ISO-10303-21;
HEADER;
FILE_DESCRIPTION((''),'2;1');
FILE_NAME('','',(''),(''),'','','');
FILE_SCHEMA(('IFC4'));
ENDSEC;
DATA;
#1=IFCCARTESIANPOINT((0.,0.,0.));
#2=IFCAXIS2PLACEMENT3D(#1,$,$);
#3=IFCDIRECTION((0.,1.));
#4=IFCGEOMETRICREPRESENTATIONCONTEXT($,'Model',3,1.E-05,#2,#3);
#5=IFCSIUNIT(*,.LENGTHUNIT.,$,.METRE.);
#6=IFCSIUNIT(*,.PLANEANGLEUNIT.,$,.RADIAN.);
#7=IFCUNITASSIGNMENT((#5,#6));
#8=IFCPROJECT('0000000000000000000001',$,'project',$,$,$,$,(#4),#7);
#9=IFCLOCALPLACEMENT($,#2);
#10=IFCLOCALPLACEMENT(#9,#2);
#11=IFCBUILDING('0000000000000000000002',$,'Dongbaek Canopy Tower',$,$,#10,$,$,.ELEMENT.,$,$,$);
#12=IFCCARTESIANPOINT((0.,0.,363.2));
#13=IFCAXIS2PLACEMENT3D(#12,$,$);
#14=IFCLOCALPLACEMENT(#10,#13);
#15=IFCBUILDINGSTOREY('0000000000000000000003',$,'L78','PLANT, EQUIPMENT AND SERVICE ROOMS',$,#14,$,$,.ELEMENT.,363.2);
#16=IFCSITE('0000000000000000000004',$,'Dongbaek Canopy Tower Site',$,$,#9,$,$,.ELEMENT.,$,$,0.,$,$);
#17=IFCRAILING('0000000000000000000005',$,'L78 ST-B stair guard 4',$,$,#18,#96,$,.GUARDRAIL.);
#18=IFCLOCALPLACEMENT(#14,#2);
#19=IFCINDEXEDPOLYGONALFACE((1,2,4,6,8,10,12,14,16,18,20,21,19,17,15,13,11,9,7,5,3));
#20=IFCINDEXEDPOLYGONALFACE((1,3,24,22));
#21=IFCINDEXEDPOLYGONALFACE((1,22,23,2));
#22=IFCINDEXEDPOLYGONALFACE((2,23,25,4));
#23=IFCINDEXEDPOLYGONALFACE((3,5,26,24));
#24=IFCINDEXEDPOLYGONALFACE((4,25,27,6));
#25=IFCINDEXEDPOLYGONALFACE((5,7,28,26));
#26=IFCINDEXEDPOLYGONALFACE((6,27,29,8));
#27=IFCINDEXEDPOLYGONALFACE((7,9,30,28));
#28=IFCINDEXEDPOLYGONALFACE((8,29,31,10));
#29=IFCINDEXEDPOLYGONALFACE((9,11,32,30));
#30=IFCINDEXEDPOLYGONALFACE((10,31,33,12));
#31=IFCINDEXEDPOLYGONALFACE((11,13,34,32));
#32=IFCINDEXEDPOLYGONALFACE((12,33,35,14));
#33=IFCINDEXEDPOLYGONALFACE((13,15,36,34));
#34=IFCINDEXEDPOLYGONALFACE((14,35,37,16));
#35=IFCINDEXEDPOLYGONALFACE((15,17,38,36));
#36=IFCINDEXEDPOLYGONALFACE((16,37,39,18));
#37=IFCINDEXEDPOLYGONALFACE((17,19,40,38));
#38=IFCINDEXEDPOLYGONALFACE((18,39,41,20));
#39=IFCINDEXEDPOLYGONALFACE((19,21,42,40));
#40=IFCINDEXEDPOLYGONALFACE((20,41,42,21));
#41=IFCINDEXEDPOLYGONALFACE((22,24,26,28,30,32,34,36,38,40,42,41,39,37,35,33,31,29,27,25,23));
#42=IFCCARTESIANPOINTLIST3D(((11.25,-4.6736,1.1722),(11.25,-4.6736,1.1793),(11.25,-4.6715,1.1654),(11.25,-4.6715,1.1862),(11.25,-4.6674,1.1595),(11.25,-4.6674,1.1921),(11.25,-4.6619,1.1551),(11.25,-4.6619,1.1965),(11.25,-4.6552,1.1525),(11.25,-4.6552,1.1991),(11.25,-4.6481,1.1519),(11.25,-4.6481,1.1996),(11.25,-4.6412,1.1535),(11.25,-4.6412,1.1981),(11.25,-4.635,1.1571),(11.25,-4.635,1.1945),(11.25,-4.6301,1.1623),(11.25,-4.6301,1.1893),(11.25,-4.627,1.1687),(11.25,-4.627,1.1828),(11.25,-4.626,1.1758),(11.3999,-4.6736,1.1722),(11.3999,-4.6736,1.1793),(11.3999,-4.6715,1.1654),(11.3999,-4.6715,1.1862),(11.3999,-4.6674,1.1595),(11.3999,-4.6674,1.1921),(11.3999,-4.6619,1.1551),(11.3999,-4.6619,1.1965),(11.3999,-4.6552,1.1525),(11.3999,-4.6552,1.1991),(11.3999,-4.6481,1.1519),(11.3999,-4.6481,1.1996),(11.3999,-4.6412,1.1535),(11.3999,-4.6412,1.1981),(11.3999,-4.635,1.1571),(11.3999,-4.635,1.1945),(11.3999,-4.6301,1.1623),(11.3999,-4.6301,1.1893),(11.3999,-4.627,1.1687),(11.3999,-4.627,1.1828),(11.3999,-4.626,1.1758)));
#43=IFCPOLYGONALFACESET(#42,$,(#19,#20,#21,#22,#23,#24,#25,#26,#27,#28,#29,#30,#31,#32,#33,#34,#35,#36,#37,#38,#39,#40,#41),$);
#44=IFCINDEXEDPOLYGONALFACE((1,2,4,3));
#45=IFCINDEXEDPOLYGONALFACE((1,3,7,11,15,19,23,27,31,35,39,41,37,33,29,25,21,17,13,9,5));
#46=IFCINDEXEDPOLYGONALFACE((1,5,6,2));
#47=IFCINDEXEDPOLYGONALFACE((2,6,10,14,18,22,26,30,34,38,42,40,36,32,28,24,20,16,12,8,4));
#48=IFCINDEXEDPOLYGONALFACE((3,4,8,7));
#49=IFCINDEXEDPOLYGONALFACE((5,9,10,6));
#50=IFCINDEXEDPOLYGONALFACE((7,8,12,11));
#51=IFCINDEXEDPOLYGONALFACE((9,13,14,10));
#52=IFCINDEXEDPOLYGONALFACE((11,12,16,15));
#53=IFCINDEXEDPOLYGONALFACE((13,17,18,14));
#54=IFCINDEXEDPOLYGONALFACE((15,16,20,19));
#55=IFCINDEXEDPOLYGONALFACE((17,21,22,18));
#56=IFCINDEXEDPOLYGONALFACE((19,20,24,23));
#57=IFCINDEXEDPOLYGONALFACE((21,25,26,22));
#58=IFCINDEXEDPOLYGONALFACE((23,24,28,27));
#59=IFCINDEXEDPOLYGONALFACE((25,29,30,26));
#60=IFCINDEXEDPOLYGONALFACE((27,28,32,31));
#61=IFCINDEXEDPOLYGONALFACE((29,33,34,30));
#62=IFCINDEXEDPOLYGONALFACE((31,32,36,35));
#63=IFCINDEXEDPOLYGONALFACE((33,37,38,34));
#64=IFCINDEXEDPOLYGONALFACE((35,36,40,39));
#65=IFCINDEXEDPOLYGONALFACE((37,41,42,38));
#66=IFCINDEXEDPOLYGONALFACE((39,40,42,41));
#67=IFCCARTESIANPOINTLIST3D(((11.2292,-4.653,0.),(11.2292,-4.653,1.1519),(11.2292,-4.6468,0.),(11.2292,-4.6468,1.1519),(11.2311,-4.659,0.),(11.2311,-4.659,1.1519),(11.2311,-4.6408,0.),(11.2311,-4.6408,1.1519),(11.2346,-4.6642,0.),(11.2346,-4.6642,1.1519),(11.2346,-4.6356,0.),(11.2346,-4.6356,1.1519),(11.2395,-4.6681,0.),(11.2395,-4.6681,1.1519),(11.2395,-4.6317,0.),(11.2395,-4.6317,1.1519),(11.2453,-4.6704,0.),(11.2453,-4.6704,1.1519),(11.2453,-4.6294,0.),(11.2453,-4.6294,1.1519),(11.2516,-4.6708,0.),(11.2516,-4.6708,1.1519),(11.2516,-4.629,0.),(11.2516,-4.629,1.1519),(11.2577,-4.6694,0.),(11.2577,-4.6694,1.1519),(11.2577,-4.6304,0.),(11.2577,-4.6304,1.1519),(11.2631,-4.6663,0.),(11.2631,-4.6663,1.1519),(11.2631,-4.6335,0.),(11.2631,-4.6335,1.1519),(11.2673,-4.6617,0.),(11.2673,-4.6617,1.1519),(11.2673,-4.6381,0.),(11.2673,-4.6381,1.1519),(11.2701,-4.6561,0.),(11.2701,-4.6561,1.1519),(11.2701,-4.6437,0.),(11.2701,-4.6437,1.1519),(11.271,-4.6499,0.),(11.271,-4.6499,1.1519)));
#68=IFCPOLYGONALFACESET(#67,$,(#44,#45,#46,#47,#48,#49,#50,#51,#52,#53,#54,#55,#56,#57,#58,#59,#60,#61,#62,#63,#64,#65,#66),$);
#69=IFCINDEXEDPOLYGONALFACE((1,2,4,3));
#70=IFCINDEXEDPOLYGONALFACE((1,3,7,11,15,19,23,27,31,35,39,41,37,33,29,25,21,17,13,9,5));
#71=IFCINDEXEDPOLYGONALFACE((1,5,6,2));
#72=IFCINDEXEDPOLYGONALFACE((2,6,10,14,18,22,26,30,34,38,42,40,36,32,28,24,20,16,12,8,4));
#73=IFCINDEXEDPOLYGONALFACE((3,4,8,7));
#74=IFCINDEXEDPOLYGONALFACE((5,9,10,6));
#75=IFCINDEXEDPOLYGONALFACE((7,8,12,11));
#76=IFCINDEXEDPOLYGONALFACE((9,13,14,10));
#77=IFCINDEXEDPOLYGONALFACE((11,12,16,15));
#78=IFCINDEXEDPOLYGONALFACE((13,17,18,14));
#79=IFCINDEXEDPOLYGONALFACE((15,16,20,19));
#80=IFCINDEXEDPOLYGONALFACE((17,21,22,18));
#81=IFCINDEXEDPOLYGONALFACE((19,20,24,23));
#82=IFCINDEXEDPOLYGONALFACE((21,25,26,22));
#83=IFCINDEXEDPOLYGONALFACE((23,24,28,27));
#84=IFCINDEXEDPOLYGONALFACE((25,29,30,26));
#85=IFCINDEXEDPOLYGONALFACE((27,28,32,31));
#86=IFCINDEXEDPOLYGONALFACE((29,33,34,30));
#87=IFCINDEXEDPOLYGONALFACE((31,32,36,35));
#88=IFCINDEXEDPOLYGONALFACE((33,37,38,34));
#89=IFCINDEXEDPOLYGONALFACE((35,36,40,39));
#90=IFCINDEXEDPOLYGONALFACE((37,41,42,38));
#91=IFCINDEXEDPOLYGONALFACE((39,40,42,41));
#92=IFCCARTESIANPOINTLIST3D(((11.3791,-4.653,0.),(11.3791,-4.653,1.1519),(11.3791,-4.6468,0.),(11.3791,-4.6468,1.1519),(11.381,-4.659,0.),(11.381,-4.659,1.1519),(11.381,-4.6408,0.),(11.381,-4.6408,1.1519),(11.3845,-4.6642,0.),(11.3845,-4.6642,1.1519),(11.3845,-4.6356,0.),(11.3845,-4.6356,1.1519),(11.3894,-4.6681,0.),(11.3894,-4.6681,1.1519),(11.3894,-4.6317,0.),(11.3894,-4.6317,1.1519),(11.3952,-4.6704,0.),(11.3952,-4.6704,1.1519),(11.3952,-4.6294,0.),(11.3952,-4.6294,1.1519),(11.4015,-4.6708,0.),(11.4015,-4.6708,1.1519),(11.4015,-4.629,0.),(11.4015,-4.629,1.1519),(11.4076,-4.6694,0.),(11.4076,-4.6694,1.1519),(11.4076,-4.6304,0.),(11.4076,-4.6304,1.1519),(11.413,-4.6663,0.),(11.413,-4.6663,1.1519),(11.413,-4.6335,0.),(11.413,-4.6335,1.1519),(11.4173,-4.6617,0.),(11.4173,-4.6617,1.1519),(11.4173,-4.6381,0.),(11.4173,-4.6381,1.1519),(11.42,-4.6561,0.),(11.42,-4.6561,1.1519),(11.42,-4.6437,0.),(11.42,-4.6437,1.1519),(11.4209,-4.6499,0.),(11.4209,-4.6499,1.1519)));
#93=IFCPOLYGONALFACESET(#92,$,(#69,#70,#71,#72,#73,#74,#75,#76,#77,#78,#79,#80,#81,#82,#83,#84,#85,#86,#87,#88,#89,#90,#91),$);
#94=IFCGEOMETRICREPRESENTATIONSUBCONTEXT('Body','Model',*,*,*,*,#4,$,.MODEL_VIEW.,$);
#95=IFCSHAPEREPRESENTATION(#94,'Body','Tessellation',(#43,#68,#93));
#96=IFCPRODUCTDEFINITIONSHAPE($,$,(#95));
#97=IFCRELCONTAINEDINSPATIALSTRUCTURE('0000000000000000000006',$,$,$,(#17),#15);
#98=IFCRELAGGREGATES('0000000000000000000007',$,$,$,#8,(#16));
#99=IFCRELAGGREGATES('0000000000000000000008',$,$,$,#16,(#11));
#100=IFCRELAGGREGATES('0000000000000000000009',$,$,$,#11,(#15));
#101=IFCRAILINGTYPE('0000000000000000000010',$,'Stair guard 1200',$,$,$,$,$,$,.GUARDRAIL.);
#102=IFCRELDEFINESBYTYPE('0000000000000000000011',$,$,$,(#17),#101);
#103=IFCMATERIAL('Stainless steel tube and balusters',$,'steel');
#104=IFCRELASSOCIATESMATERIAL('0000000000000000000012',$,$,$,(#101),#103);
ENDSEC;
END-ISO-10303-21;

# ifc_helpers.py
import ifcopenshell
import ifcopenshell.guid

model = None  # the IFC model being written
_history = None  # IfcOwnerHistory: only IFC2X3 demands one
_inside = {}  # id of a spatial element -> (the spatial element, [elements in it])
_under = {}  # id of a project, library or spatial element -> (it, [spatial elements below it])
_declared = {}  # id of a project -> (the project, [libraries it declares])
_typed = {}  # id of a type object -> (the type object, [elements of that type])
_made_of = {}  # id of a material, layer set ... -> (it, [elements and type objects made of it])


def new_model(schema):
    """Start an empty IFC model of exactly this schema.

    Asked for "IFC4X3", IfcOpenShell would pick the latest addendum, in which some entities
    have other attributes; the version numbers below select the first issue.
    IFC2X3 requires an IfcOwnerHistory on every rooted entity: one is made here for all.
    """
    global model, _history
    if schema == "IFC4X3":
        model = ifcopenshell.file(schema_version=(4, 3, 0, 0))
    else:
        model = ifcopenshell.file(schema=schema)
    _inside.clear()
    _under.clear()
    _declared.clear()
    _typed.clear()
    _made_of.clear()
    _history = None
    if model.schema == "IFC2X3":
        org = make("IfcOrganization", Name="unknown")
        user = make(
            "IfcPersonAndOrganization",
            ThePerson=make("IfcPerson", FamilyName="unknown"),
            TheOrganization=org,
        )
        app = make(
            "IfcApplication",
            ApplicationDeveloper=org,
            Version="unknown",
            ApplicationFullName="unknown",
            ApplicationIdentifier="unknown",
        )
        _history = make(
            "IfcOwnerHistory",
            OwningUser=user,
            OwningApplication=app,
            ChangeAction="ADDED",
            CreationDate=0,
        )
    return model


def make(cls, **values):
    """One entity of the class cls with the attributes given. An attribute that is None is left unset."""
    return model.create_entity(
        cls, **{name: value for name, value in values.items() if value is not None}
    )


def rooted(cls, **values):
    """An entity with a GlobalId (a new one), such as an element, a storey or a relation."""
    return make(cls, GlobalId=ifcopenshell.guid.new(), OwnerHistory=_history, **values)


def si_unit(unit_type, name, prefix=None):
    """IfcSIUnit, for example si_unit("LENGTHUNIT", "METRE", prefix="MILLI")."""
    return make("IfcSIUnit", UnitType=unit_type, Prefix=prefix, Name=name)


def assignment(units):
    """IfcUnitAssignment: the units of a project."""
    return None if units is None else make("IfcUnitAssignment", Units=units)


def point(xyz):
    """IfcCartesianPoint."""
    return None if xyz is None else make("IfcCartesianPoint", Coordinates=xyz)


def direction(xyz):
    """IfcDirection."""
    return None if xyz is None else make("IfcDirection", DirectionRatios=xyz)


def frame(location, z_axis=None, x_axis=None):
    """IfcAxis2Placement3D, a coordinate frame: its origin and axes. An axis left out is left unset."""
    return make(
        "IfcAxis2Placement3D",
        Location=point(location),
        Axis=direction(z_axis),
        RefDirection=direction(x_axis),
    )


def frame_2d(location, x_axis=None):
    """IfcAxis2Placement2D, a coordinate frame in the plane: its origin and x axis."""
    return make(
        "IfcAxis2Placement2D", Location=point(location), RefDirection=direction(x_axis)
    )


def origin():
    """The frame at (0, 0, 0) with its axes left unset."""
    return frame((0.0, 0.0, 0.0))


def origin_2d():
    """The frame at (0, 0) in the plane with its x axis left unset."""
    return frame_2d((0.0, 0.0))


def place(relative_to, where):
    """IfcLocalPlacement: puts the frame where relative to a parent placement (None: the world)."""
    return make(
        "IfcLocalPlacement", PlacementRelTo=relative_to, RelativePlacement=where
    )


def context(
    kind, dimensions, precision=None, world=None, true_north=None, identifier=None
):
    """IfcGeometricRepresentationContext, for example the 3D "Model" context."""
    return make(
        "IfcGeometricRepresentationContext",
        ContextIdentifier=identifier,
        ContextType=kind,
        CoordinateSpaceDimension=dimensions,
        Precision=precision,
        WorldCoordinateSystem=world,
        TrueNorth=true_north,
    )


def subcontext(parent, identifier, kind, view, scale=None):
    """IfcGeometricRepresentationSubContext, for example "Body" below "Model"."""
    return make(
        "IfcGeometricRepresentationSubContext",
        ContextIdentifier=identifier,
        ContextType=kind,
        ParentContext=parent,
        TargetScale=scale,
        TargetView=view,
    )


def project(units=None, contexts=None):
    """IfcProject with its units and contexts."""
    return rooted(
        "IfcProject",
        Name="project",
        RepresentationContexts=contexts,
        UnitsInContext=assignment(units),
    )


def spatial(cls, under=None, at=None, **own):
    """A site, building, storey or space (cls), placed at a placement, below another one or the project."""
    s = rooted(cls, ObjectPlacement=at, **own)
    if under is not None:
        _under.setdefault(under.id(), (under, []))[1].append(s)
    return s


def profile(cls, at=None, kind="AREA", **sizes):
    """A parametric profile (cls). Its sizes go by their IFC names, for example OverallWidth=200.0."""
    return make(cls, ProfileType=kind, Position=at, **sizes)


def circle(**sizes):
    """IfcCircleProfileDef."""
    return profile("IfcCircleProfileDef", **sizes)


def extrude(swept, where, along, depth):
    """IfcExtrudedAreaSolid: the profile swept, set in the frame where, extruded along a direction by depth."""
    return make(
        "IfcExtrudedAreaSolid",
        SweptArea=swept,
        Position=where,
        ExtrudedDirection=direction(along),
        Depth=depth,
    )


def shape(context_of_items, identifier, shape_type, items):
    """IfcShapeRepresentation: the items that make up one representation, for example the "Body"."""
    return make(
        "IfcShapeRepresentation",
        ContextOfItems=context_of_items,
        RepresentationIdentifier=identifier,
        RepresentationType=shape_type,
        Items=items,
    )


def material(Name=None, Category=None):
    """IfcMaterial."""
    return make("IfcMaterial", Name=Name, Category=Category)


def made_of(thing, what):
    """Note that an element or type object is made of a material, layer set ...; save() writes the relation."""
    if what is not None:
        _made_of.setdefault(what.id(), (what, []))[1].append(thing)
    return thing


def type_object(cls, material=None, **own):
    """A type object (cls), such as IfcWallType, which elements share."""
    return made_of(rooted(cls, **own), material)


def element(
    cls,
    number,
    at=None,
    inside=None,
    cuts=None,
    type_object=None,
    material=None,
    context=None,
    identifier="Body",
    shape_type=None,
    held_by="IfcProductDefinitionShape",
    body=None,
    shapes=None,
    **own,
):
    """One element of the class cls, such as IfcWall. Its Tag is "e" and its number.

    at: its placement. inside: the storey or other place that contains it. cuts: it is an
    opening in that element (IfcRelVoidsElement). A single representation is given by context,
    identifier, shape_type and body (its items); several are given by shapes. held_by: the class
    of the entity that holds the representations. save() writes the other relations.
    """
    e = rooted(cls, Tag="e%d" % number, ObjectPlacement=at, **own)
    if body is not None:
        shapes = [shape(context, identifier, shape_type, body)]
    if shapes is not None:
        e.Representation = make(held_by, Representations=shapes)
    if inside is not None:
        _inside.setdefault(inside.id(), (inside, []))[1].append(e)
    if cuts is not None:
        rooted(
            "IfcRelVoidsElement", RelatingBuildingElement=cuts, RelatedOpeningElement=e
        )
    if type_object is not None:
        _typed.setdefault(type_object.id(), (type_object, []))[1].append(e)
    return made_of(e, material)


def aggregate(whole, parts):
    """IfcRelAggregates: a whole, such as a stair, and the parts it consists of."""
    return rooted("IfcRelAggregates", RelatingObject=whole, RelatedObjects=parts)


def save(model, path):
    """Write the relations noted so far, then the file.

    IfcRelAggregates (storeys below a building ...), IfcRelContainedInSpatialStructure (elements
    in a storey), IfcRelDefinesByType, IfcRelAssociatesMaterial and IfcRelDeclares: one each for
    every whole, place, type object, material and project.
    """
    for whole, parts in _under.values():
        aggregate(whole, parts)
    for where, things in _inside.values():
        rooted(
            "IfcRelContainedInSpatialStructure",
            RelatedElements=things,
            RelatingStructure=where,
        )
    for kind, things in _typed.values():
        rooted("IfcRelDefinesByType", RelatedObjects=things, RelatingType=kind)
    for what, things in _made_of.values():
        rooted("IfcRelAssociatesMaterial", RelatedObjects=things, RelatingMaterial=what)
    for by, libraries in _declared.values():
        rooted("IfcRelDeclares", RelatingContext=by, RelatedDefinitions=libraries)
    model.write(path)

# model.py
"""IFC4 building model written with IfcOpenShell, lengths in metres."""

from ifc_helpers import new_model, si_unit, direction, frame, origin, origin_2d, place, context, subcontext, project, spatial, circle, extrude, material, type_object, element, save


model = new_model("IFC4")

# Units and contexts
model_context = context("Model", 3, precision=1e-05, world=origin(), true_north=direction((0.0, 1.0)))
body_context = subcontext(model_context, "Body", "Model", "MODEL_VIEW")
ifc_project = project(units=[si_unit("LENGTHUNIT", "METRE"), si_unit("PLANEANGLEUNIT", "RADIAN")], contexts=[model_context])

# Site, building, storey
site_placement = place(None, origin())
site = spatial("IfcSite", under=ifc_project, at=site_placement, Name="Dongbaek Canopy Tower Site", CompositionType="ELEMENT", RefElevation=0.0)
building_placement = place(site_placement, origin())
building = spatial("IfcBuilding", under=site, at=building_placement, Name="Dongbaek Canopy Tower", CompositionType="ELEMENT")
storey_placement = place(building_placement, frame((0.0, 0.0, 363.2)))
storey = spatial("IfcBuildingStorey", under=building, at=storey_placement, Name="L78", Description="PLANT, EQUIPMENT AND SERVICE ROOMS", CompositionType="ELEMENT", Elevation=363.2)

# Railing
ifc_material_1 = material(Name="Stainless steel tube and balusters", Category="steel")
railing_type_1 = type_object("IfcRailingType", Name="Stair guard 1200", PredefinedType="GUARDRAIL", material=ifc_material_1)
railing_1_placement = place(storey_placement, frame((11.25, -4.6499, 0.0)))
element("IfcRailing", 1, at=railing_1_placement, inside=storey, type_object=railing_type_1, Name="L78 ST-B stair guard 4", PredefinedType="GUARDRAIL", context=body_context, shape_type="SweptSolid", body=[
    extrude(circle(Radius=0.0239, at=origin_2d()), frame((0.0, 0.0, 1.1758), z_axis=(1.0, 0.0, 0.0), x_axis=(0.0, 1.0, 0.0)), (0.0, 0.0, 1.0), 0.1499),
    extrude(circle(Radius=0.021, at=origin_2d()), origin(), (0.0, 0.0, 1.0), 1.1519),
    extrude(circle(Radius=0.021, at=origin_2d()), frame((0.1499, 0.0, 0.0)), (0.0, 0.0, 1.0), 1.1519),
])

save(model, "model.ifc")
